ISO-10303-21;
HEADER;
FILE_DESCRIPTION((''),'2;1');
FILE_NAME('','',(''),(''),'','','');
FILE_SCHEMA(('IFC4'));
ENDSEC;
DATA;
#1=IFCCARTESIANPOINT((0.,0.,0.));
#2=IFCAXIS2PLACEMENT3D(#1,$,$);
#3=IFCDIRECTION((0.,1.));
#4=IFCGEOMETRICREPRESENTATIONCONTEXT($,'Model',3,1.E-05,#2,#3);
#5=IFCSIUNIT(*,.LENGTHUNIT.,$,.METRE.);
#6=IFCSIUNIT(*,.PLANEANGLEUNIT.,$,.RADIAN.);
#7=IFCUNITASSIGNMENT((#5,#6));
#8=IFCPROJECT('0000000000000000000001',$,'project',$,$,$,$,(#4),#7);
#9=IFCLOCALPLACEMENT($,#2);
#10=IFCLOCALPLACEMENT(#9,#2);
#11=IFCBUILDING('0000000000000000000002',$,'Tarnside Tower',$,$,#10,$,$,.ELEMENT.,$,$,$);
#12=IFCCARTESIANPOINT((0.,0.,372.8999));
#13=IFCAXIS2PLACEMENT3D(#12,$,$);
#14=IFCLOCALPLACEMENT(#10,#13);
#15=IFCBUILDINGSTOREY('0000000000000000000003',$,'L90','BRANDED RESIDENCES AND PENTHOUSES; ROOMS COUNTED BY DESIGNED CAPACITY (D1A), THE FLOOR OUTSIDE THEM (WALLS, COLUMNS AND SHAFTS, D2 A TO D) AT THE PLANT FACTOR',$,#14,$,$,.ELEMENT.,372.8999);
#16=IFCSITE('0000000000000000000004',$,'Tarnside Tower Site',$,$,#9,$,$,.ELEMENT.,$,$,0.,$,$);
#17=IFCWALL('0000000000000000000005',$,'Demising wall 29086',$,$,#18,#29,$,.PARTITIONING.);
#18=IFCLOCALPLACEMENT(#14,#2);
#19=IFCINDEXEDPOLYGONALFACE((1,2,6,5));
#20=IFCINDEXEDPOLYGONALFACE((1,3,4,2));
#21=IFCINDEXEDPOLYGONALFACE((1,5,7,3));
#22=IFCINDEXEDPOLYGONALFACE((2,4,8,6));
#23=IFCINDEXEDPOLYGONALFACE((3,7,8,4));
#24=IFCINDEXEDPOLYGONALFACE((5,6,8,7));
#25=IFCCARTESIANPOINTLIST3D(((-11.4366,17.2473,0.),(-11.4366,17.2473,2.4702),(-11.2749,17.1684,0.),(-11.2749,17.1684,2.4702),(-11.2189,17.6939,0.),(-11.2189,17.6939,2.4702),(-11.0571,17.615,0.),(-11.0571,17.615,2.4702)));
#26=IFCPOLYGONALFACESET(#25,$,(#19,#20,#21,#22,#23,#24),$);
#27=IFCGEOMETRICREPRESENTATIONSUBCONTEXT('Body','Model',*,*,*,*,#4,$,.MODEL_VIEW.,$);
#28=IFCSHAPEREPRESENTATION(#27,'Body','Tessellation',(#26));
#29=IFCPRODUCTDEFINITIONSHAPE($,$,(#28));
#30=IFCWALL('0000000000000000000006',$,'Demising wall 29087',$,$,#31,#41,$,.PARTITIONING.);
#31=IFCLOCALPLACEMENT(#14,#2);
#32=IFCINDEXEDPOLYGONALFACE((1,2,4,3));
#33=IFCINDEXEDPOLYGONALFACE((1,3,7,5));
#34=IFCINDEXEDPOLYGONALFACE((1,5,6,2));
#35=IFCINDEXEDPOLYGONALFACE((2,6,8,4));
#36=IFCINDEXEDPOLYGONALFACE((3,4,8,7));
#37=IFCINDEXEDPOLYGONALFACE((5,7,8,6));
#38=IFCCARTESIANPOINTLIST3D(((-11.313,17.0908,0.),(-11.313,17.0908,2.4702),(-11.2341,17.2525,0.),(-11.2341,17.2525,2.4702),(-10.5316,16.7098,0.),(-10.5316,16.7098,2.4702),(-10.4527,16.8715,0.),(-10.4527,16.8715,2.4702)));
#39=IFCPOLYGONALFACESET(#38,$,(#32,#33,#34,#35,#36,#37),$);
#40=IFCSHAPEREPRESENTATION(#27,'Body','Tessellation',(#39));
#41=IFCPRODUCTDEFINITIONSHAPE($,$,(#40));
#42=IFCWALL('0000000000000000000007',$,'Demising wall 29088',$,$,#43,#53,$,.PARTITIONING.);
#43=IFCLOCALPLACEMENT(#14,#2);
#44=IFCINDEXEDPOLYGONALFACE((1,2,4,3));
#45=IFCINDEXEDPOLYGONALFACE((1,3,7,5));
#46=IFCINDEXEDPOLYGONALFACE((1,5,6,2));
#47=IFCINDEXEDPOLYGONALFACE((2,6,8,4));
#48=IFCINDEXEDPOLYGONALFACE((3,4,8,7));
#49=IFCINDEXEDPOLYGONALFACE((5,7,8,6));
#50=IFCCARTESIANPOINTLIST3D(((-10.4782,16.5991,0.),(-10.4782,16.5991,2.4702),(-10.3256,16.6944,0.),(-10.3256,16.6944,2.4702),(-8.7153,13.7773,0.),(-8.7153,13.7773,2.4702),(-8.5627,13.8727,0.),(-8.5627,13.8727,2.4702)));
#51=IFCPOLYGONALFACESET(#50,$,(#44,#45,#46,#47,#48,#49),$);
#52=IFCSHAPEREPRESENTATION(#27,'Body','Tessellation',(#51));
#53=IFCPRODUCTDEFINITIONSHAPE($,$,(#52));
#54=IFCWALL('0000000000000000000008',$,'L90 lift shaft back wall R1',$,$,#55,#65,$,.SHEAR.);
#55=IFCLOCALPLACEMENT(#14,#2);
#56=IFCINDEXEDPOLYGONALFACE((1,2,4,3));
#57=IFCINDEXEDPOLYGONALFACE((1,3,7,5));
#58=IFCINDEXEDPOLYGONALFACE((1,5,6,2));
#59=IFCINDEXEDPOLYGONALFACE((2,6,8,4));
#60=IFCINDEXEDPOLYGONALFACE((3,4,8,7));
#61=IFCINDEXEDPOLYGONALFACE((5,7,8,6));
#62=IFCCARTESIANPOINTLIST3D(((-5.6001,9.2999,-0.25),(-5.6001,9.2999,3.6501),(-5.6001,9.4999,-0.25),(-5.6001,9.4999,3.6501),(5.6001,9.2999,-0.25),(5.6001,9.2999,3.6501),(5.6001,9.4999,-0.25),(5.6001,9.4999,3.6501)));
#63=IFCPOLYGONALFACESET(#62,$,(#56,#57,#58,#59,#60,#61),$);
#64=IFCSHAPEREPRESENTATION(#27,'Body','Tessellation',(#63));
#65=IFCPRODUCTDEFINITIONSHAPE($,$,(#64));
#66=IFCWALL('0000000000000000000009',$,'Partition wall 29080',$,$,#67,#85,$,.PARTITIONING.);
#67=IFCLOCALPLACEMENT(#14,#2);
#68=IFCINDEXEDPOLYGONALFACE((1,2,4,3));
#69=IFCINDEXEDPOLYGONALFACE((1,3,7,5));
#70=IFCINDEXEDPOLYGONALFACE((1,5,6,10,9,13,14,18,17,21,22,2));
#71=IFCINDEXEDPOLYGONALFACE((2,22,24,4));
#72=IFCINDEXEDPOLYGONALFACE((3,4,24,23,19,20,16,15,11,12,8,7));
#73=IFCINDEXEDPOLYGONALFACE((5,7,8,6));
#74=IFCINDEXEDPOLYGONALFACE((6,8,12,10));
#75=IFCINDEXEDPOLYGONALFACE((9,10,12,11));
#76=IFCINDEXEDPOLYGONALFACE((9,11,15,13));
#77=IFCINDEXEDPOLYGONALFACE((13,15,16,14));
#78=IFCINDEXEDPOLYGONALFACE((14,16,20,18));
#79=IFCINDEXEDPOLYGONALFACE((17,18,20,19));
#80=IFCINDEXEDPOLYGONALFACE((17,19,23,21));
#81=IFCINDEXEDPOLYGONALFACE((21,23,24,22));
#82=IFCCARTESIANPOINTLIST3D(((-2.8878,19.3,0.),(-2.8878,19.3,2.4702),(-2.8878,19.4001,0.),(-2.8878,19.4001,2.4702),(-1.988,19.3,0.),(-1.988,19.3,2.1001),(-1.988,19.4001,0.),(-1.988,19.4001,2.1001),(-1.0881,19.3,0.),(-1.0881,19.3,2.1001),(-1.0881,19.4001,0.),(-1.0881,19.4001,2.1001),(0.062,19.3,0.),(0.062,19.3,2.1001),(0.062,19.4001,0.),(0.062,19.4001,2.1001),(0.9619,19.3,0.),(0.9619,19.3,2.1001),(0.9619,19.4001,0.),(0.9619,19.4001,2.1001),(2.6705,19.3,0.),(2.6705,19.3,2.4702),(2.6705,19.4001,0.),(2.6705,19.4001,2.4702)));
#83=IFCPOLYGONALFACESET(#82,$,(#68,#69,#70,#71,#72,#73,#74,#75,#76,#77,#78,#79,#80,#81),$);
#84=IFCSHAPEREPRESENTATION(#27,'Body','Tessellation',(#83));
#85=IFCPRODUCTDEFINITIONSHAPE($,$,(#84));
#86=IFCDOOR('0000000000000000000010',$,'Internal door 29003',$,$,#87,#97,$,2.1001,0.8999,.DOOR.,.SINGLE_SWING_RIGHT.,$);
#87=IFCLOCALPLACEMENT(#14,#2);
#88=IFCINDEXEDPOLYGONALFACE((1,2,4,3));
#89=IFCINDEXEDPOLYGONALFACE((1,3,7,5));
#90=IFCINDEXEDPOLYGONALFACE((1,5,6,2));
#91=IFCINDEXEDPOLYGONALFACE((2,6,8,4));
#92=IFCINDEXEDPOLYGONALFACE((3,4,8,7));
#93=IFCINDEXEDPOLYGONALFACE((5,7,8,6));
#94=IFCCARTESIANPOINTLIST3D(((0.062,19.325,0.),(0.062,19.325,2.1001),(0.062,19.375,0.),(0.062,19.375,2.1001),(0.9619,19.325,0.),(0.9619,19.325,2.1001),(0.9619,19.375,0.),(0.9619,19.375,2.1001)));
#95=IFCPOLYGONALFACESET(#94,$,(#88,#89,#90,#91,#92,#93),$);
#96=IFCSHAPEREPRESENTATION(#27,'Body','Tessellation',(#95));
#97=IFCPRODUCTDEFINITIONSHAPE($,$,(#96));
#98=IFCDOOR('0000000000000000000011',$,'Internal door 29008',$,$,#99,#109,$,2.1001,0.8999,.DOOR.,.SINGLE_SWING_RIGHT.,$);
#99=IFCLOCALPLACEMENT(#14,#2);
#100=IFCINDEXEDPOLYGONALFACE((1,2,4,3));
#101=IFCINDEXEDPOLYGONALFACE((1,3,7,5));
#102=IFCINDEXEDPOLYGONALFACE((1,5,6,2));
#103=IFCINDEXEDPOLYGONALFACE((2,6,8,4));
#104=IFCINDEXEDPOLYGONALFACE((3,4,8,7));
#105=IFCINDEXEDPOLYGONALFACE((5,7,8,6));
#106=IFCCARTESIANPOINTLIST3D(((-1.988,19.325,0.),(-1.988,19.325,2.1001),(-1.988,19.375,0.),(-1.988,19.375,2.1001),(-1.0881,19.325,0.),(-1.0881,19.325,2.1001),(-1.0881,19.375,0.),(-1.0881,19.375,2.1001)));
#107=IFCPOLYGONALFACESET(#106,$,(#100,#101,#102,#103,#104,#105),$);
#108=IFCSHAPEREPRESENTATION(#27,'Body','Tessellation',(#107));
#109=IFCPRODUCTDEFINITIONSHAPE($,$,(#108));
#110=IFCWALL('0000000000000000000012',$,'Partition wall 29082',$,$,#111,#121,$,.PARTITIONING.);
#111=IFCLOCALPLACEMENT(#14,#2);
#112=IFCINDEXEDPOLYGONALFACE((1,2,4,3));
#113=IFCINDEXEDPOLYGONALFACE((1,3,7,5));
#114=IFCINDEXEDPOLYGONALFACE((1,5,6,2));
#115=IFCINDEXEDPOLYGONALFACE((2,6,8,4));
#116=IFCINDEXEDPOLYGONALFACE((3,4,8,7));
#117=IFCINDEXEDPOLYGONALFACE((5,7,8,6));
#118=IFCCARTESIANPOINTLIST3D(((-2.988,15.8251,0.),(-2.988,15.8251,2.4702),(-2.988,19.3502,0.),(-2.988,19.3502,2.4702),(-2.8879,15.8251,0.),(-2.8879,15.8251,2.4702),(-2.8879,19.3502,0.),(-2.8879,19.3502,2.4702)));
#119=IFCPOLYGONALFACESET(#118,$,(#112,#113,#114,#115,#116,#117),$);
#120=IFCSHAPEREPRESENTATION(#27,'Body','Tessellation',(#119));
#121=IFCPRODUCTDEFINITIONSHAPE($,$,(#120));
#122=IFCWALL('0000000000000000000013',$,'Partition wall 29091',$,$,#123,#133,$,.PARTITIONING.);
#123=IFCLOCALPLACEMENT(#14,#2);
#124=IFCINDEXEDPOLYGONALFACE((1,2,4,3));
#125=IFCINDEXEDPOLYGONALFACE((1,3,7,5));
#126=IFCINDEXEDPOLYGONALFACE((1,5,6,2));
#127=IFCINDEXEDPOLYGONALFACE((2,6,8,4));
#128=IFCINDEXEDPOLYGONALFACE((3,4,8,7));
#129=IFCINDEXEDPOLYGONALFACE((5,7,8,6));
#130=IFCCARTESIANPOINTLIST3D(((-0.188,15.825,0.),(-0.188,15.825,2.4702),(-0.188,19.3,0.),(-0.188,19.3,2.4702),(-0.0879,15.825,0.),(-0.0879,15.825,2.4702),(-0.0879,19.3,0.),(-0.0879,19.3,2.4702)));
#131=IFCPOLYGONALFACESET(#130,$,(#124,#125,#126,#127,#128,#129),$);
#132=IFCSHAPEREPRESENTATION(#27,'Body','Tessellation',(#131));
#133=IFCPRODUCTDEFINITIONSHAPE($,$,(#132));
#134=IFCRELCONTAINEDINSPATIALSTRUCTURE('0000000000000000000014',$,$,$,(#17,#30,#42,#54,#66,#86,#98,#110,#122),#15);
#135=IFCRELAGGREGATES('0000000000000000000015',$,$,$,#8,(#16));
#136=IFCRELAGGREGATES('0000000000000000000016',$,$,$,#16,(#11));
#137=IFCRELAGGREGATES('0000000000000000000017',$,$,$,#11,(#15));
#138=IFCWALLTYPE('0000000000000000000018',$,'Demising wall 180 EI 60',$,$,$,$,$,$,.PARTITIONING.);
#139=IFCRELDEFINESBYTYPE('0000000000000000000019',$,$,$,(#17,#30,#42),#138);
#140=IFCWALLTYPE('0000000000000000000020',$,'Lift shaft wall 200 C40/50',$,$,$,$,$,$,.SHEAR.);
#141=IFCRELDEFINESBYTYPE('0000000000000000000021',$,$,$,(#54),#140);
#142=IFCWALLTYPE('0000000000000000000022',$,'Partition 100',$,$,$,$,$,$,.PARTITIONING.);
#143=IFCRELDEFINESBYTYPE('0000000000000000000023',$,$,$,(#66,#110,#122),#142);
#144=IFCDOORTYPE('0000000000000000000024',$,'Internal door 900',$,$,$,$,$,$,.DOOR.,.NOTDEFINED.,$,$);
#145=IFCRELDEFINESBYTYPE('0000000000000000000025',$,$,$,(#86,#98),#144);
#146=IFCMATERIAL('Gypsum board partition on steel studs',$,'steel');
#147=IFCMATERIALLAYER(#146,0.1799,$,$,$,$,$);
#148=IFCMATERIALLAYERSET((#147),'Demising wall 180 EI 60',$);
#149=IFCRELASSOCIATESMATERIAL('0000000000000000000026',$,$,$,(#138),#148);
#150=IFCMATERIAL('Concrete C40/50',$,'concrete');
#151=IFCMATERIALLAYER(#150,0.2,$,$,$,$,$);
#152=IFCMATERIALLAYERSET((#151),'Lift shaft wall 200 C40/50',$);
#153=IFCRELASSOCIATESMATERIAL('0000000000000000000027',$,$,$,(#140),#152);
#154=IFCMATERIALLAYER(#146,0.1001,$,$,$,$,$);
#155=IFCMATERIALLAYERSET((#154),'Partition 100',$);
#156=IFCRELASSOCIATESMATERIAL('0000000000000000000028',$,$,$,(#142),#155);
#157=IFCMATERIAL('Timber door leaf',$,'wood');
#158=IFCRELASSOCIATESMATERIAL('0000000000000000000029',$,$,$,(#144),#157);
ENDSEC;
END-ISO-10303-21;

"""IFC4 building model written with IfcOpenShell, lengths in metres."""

from ifc_helpers import new_model, si_unit, direction, frame, frame_2d, origin, place, context, subcontext, project, spatial, rectangle, extrude, material, layer, layer_set, type_object, element, fill, save


model = new_model("IFC4")

# Units and contexts
model_context = context("Model", 3, precision=1e-05, world=origin(), true_north=direction((0.0, 1.0)))
body_context = subcontext(model_context, "Body", "Model", "MODEL_VIEW")
ifc_project = project(units=[si_unit("LENGTHUNIT", "METRE"), si_unit("PLANEANGLEUNIT", "RADIAN")], contexts=[model_context])

# Site, building, storey
site_placement = place(None, origin())
site = spatial("IfcSite", under=ifc_project, at=site_placement, Name="Tarnside Tower Site", CompositionType="ELEMENT", RefElevation=0.0)
building_placement = place(site_placement, origin())
building = spatial("IfcBuilding", under=site, at=building_placement, Name="Tarnside Tower", CompositionType="ELEMENT")
storey_placement = place(building_placement, frame((0.0, 0.0, 372.8999)))
storey = spatial("IfcBuildingStorey", under=building, at=storey_placement, Name="L90", Description="BRANDED RESIDENCES AND PENTHOUSES; ROOMS COUNTED BY DESIGNED CAPACITY (D1A), THE FLOOR OUTSIDE THEM (WALLS, COLUMNS AND SHAFTS, D2 A TO D) AT THE PLANT FACTOR", CompositionType="ELEMENT", Elevation=372.8999)

# Shared definitions
ifc_material_1 = material(Name="Gypsum board partition on steel studs", Category="steel")

# Shared definitions
ifc_material_2 = material(Name="Timber door leaf", Category="wood")

# Walls
ifc_layer_1 = layer(ifc_material_1, 0.1799)
ifc_layer_set_1 = layer_set([ifc_layer_1], Name="Demising wall 180 EI 60")
wall_type_1 = type_object("IfcWallType", Name="Demising wall 180 EI 60", PredefinedType="PARTITIONING", material=ifc_layer_set_1)
wall_1_placement = place(storey_placement, frame((-11.1379, 17.6545, 0.0), z_axis=(0.0, 0.0, 1.0), x_axis=(-0.438346, -0.898806, 0.0)))
element("IfcWall", 1, at=wall_1_placement, inside=storey, type_object=wall_type_1, Name="Demising wall 29086", PredefinedType="PARTITIONING", context=body_context, shape_type="SweptSolid", body=[
    extrude(rectangle(XDim=0.4968, YDim=0.1799, at=frame_2d((0.2485, 0.0))), origin(), (0.0, 0.0, 1.0), 2.4702),
])
wall_2_placement = place(storey_placement, frame((-11.2734, 17.1716, 0.0), z_axis=(0.0, 0.0, 1.0), x_axis=(0.89882, -0.438319, 0.0)))
element("IfcWall", 2, at=wall_2_placement, inside=storey, type_object=wall_type_1, Name="Demising wall 29087", PredefinedType="PARTITIONING", context=body_context, shape_type="SweptSolid", body=[
    extrude(rectangle(XDim=0.8694, YDim=0.1799, at=frame_2d((0.4346, 0.0))), origin(), (0.0, 0.0, 1.0), 2.4702),
])
wall_3_placement = place(storey_placement, frame((-10.4019, 16.6467, 0.0), z_axis=(0.0, 0.0, 1.0), x_axis=(0.529854, -0.848089, 0.0)))
element("IfcWall", 3, at=wall_3_placement, inside=storey, type_object=wall_type_1, Name="Demising wall 29088", PredefinedType="PARTITIONING", context=body_context, shape_type="SweptSolid", body=[
    extrude(rectangle(XDim=3.3271, YDim=0.1799, at=frame_2d((1.6636, 0.0))), origin(), (0.0, 0.0, 1.0), 2.4702),
])
ifc_material_3 = material(Name="Concrete C40/50", Category="concrete")
ifc_layer_2 = layer(ifc_material_3, 0.2)
ifc_layer_set_2 = layer_set([ifc_layer_2], Name="Lift shaft wall 200 C40/50")
wall_type_2 = type_object("IfcWallType", Name="Lift shaft wall 200 C40/50", PredefinedType="SHEAR", material=ifc_layer_set_2)
wall_4_placement = place(storey_placement, frame((-5.6001, 9.3999, -0.25), z_axis=(0.0, 0.0, 1.0), x_axis=(1.0, 0.0, 0.0)))
element("IfcWall", 4, at=wall_4_placement, inside=storey, type_object=wall_type_2, Name="L90 lift shaft back wall R1", PredefinedType="SHEAR", context=body_context, shape_type="SweptSolid", body=[
    extrude(rectangle(XDim=11.2002, YDim=0.2, at=frame_2d((5.6001, 0.0))), origin(), (0.0, 0.0, 1.0), 3.9001),
])

# Wall, openings, doors
ifc_layer_3 = layer(ifc_material_1, 0.1001)
ifc_layer_set_3 = layer_set([ifc_layer_3], Name="Partition 100")
wall_type_3 = type_object("IfcWallType", Name="Partition 100", PredefinedType="PARTITIONING", material=ifc_layer_set_3)
wall_5_placement = place(storey_placement, frame((-2.8879, 19.3501, 0.0), z_axis=(0.0, 0.0, 1.0), x_axis=(1.0, 0.0, 0.0)))
wall_5 = element("IfcWall", 5, at=wall_5_placement, inside=storey, type_object=wall_type_3, Name="Partition wall 29080", PredefinedType="PARTITIONING", context=body_context, shape_type="SweptSolid", body=[
    extrude(rectangle(XDim=5.5583, YDim=0.1001, at=frame_2d((2.7793, 0.0))), origin(), (0.0, 0.0, 1.0), 2.4702),
])
opening_1_placement = place(wall_5_placement, frame((2.95, 0.0, 0.0)))
opening_1 = element("IfcOpeningElement", 6, at=opening_1_placement, cuts=wall_5, PredefinedType="OPENING", context=body_context, shape_type="SweptSolid", body=[
    extrude(rectangle(XDim=0.8999, YDim=2.1001, at=frame_2d((0.45, 1.05))), frame((0.0, 0.0601, 0.0), z_axis=(0.0, -1.0, 0.0), x_axis=(1.0, 0.0, 0.0)), (0.0, 0.0, 1.0), 0.1201),
])
opening_2_placement = place(wall_5_placement, frame((0.8999, 0.0, 0.0)))
opening_2 = element("IfcOpeningElement", 7, at=opening_2_placement, cuts=wall_5, PredefinedType="OPENING", context=body_context, shape_type="SweptSolid", body=[
    extrude(rectangle(XDim=0.8999, YDim=2.1001, at=frame_2d((0.45, 1.05))), frame((0.0, 0.0601, 0.0), z_axis=(0.0, -1.0, 0.0), x_axis=(1.0, 0.0, 0.0)), (0.0, 0.0, 1.0), 0.1201),
])
door_type_1 = type_object("IfcDoorType", Name="Internal door 900", OperationType="NOTDEFINED", PredefinedType="DOOR", material=ifc_material_2)
door_1_placement = place(opening_1_placement, origin())
door_1 = element("IfcDoor", 8, at=door_1_placement, inside=storey, type_object=door_type_1, Name="Internal door 29003", OperationType="SINGLE_SWING_RIGHT", OverallHeight=2.1001, OverallWidth=0.8999, PredefinedType="DOOR", context=body_context, shape_type="SweptSolid", body=[
    extrude(rectangle(XDim=0.8999, YDim=2.1001, at=frame_2d((0.45, 1.05))), frame((0.0, 0.0249, 0.0), z_axis=(0.0, -1.0, 0.0), x_axis=(1.0, 0.0, 0.0)), (0.0, 0.0, 1.0), 0.05),
])
fill(opening_1, door_1)
door_2_placement = place(opening_2_placement, origin())
door_2 = element("IfcDoor", 9, at=door_2_placement, inside=storey, type_object=door_type_1, Name="Internal door 29008", OperationType="SINGLE_SWING_RIGHT", OverallHeight=2.1001, OverallWidth=0.8999, PredefinedType="DOOR", context=body_context, shape_type="SweptSolid", body=[
    extrude(rectangle(XDim=0.8999, YDim=2.1001, at=frame_2d((0.45, 1.05))), frame((0.0, 0.0249, 0.0), z_axis=(0.0, -1.0, 0.0), x_axis=(1.0, 0.0, 0.0)), (0.0, 0.0, 1.0), 0.05),
])
fill(opening_2, door_2)

# Walls
wall_6_placement = place(storey_placement, frame((-2.938, 15.825, 0.0), z_axis=(0.0, 0.0, 1.0), x_axis=(0.0, 1.0, 0.0)))
element("IfcWall", 10, at=wall_6_placement, inside=storey, type_object=wall_type_3, Name="Partition wall 29082", PredefinedType="PARTITIONING", context=body_context, shape_type="SweptSolid", body=[
    extrude(rectangle(XDim=3.5251, YDim=0.1001, at=frame_2d((1.7627, 0.0))), origin(), (0.0, 0.0, 1.0), 2.4702),
])
wall_7_placement = place(storey_placement, frame((-0.1379, 19.3, 0.0), z_axis=(0.0, 0.0, 1.0), x_axis=(0.0, -1.0, 0.0)))
element("IfcWall", 11, at=wall_7_placement, inside=storey, type_object=wall_type_3, Name="Partition wall 29091", PredefinedType="PARTITIONING", context=body_context, shape_type="SweptSolid", body=[
    extrude(rectangle(XDim=3.4751, YDim=0.1001, at=frame_2d((1.7375, 0.0))), origin(), (0.0, 0.0, 1.0), 2.4702),
])

save(model, "model.ifc")
